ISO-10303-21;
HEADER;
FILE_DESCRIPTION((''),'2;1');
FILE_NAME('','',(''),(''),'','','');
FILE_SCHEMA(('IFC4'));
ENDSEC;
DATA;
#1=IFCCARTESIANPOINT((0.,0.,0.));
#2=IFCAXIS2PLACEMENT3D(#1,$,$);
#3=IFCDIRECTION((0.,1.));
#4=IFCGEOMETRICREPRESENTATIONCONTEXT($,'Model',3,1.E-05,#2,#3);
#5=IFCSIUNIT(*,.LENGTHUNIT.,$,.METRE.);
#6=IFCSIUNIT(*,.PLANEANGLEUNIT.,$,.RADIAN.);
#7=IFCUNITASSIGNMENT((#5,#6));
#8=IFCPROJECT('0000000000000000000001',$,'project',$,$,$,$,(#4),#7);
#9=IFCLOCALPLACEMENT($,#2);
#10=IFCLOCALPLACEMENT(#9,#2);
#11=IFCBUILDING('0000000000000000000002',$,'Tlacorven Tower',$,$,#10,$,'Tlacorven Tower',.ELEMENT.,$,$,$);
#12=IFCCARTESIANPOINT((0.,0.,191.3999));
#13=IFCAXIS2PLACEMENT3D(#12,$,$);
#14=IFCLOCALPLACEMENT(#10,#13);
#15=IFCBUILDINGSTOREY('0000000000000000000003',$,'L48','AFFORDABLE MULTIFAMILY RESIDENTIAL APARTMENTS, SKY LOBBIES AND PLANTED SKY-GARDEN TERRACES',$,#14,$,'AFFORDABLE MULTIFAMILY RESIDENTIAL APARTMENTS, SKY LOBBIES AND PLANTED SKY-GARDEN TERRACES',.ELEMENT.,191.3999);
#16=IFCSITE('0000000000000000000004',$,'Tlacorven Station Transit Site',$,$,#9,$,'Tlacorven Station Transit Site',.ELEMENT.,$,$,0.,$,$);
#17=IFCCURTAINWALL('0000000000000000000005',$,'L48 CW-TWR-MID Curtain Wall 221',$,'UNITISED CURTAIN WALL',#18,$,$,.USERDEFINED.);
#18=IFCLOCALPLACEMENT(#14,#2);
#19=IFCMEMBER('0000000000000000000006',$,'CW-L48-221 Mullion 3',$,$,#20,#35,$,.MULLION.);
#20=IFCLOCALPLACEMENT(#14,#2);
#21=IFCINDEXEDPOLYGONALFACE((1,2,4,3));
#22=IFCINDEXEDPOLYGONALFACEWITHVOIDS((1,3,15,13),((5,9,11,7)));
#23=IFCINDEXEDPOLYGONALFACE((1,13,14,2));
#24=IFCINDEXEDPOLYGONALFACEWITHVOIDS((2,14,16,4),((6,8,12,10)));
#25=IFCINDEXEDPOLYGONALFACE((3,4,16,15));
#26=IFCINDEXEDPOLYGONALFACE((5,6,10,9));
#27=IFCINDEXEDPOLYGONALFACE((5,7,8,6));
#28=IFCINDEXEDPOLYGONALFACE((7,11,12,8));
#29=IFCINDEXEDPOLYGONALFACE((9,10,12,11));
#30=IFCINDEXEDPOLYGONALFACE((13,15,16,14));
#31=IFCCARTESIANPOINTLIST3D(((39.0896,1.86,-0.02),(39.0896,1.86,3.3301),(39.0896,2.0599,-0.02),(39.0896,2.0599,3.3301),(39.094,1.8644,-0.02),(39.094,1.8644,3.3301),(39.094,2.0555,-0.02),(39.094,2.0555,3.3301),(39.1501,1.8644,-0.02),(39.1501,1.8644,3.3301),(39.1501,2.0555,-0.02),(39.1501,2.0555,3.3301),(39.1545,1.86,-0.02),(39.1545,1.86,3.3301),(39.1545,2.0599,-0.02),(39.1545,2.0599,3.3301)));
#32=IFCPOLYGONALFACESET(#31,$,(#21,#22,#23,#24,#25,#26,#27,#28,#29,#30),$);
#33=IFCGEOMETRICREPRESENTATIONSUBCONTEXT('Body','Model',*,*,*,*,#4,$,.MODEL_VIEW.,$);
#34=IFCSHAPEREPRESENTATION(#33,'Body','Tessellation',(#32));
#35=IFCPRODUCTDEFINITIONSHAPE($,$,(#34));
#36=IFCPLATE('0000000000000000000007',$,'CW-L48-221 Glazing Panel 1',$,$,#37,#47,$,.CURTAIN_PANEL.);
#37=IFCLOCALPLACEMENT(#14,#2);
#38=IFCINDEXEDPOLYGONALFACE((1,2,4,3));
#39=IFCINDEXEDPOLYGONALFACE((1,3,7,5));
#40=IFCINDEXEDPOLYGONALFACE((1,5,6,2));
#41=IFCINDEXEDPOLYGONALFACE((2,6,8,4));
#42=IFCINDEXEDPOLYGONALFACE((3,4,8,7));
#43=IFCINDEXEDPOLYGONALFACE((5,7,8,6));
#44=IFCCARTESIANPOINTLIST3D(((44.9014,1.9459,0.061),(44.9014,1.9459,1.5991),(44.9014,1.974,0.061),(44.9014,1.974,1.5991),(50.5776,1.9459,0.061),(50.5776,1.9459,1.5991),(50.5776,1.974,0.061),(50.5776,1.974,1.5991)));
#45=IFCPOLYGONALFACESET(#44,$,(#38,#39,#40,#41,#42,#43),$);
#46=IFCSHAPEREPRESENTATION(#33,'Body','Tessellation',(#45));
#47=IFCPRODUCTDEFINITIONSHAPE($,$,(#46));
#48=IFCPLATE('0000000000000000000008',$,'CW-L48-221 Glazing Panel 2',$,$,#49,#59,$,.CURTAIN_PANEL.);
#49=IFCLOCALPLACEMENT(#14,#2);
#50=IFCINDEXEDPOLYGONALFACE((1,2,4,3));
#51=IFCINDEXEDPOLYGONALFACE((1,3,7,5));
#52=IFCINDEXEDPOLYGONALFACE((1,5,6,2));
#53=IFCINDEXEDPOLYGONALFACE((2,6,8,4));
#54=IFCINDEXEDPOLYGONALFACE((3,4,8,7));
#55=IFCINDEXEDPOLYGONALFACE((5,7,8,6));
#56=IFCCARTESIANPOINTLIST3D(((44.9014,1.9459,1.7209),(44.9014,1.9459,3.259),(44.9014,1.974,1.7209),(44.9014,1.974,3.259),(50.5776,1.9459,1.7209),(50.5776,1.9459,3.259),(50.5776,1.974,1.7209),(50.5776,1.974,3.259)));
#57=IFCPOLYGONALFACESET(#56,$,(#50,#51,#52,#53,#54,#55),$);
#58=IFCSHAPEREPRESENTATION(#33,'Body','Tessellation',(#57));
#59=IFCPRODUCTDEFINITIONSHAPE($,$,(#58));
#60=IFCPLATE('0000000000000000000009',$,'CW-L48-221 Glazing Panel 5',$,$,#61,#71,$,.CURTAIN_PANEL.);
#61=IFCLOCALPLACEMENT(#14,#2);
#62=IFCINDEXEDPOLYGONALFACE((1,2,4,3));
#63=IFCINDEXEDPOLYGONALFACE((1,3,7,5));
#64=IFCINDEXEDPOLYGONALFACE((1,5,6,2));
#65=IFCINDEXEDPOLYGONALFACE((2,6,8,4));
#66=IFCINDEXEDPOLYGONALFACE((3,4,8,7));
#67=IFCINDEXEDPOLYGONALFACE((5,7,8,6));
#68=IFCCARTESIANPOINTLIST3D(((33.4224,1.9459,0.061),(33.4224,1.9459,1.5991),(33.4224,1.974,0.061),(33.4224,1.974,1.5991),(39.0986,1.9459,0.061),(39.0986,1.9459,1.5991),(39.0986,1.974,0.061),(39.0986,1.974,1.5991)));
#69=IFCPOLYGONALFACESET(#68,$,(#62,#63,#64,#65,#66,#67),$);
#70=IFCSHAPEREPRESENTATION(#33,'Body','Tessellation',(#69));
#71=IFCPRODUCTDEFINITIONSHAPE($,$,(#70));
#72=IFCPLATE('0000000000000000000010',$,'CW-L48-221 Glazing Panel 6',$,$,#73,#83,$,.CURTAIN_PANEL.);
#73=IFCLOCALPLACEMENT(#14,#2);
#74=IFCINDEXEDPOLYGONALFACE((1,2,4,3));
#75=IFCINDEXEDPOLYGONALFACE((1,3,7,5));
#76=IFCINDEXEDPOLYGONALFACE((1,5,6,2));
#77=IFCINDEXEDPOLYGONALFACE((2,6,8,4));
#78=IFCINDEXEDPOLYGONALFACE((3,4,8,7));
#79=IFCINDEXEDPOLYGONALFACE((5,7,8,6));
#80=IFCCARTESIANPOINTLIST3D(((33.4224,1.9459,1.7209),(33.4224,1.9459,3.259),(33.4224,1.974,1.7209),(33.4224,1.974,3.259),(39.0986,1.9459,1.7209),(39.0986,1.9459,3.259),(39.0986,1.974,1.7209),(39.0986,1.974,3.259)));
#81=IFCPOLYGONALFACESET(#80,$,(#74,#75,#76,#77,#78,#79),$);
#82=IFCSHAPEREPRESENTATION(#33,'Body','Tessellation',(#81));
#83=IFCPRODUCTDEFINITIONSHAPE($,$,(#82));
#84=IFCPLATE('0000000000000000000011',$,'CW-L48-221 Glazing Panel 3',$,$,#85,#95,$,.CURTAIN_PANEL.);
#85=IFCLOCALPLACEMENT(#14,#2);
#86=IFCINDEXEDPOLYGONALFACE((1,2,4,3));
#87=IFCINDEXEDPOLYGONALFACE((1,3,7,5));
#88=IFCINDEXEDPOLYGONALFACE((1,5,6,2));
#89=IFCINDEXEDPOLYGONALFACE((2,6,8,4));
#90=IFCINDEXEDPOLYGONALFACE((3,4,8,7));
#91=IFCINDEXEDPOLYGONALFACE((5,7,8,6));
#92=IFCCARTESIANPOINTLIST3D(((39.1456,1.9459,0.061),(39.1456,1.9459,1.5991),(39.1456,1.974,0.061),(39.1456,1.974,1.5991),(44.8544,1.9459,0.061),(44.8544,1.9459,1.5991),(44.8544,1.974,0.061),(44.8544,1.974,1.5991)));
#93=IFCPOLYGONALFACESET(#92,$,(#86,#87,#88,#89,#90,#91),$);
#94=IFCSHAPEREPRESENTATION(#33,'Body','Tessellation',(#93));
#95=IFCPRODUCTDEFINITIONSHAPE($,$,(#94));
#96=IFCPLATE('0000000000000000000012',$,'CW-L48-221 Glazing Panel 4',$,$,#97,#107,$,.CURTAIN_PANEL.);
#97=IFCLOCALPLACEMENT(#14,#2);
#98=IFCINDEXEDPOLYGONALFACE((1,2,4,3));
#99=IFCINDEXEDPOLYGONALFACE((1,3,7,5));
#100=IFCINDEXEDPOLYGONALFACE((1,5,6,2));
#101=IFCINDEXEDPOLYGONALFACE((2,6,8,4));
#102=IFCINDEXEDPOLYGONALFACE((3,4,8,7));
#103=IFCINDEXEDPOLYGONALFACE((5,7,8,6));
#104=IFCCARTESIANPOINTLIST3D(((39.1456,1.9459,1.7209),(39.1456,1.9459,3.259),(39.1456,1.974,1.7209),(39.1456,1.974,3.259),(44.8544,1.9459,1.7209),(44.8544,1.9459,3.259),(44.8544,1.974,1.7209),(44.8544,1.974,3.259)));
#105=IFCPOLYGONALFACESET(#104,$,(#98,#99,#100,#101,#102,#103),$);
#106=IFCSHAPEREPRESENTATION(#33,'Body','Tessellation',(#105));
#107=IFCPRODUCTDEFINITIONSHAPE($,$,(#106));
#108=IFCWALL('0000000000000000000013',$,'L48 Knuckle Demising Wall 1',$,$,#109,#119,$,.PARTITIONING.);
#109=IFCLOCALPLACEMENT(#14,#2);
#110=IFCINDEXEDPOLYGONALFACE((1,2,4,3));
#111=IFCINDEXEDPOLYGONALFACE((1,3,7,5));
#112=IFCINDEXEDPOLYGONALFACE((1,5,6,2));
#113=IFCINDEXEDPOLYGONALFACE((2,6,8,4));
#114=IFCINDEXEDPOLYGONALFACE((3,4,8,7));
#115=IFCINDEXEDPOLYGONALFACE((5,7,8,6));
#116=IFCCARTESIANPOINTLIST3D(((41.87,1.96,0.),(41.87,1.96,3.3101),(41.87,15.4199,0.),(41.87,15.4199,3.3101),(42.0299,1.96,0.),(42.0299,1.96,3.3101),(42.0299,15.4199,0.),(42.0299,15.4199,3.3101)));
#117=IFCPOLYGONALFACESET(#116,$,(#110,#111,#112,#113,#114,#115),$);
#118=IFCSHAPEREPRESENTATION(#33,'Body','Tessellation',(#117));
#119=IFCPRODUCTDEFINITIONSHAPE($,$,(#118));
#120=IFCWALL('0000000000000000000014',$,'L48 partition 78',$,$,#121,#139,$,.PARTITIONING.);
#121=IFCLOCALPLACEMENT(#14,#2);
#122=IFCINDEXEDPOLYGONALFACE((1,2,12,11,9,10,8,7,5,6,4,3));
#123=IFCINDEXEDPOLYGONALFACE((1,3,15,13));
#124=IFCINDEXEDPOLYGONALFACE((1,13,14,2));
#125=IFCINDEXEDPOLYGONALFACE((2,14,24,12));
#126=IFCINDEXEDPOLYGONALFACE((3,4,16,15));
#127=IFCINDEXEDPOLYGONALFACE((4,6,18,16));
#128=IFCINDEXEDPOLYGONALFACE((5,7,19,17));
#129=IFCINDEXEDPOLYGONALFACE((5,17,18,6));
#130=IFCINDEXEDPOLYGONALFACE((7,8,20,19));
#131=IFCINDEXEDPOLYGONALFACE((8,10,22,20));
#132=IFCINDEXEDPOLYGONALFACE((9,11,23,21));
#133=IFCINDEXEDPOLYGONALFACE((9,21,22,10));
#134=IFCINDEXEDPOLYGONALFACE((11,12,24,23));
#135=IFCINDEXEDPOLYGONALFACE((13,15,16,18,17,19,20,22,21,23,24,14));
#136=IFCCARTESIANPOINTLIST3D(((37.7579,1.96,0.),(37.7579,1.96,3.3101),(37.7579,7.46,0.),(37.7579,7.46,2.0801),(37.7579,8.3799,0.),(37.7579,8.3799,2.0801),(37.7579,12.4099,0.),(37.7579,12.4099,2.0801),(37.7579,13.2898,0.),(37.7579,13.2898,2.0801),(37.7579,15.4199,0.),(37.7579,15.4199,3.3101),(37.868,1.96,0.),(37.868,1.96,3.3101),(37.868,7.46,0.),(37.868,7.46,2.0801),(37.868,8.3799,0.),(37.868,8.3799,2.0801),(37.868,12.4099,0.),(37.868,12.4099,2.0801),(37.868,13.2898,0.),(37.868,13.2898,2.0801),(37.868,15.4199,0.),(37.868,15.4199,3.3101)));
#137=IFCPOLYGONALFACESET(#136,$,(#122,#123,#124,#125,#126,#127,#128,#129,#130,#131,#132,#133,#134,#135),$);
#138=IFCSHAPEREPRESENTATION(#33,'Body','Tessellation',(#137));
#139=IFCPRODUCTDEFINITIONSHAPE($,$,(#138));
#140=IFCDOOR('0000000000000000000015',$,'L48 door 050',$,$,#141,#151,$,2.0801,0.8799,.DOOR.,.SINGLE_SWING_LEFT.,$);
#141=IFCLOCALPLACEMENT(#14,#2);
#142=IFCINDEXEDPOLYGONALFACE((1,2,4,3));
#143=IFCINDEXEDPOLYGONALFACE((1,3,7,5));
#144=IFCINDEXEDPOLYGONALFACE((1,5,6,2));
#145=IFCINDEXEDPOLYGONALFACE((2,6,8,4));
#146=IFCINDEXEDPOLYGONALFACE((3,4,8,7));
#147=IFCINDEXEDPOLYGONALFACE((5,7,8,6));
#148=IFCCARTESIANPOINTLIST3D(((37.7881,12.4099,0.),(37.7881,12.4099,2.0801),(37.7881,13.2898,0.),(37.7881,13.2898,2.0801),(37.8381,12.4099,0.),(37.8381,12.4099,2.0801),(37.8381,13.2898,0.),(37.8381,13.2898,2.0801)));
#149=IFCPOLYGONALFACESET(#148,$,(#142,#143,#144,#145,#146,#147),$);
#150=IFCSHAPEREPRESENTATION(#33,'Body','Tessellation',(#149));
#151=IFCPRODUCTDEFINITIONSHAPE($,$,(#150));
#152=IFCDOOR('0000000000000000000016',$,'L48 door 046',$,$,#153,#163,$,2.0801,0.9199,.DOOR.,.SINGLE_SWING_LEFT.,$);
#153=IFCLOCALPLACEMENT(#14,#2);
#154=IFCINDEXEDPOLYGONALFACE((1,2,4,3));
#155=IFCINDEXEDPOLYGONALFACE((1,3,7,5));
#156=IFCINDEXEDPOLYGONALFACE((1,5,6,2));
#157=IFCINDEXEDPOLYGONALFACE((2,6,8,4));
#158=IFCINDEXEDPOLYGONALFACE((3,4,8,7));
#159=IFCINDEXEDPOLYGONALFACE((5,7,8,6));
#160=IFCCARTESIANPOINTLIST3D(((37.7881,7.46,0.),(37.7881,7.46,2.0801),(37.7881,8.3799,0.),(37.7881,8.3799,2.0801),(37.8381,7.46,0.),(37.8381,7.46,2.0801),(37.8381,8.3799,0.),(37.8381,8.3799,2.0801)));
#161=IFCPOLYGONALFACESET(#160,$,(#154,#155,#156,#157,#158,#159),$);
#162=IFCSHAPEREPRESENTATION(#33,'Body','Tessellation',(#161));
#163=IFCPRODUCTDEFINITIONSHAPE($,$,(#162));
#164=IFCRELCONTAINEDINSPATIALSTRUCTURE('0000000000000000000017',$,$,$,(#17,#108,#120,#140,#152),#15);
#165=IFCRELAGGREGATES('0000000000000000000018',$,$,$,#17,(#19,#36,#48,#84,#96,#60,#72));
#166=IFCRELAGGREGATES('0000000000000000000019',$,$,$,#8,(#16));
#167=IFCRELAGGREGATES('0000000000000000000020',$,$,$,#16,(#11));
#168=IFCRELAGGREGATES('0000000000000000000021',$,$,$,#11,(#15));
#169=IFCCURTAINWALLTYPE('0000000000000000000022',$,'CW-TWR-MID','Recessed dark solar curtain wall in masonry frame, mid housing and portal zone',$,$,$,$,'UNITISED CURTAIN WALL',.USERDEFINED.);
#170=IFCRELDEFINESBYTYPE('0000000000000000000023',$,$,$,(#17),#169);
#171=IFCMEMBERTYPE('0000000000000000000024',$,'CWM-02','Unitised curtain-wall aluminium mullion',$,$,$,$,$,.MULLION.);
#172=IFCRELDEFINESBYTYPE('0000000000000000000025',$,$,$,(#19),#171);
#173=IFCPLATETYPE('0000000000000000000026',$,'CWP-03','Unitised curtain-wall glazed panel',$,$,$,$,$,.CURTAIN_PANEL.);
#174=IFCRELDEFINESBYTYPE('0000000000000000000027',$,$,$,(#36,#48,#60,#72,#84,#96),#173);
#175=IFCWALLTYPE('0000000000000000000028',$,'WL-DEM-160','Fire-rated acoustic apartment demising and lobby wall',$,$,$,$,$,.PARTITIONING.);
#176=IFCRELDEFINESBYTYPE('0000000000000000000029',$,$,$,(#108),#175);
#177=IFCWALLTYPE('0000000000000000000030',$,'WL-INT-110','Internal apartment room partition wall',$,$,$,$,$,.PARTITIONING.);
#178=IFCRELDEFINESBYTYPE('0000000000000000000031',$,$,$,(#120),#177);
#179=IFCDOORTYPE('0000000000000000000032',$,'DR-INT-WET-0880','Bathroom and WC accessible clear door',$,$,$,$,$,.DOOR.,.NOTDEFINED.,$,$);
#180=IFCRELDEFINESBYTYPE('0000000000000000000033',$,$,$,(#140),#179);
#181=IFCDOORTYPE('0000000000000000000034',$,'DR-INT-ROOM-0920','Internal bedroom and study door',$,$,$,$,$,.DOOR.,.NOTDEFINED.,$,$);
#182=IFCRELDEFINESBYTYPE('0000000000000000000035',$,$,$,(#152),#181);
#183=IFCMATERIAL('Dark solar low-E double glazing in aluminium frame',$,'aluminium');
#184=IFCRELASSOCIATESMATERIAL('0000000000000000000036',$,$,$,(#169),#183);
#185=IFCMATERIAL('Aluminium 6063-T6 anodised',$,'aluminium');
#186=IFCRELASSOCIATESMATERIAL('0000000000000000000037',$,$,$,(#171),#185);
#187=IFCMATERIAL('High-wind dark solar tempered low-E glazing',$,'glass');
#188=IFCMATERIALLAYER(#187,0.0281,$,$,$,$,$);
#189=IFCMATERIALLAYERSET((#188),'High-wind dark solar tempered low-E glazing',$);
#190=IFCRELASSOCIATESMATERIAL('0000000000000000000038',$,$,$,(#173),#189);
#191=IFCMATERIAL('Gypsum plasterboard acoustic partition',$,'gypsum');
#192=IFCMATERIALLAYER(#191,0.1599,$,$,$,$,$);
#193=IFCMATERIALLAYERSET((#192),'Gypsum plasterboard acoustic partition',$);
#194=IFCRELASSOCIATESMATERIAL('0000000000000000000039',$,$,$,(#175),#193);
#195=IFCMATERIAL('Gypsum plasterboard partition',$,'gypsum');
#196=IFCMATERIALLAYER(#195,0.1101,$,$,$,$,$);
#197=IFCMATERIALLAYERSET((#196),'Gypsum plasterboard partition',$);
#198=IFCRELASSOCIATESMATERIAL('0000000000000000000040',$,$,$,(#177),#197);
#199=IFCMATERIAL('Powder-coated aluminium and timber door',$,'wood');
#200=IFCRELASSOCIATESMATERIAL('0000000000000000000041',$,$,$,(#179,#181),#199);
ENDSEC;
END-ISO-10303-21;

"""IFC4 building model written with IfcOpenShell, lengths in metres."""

from ifc_helpers import new_model, si_unit, direction, frame, frame_2d, origin, origin_2d, place, context, subcontext, project, spatial, rectangle, hollow_rectangle, extrude, source, transform, mapped, material, layer, layer_set, material_profile, profile_set, type_object, element, fill, aggregate, save


model = new_model("IFC4")

# Units and contexts
model_context = context("Model", 3, precision=1e-05, world=origin(), true_north=direction((0.0, 1.0)))
body_context = subcontext(model_context, "Body", "Model", "MODEL_VIEW")
ifc_project = project(units=[si_unit("LENGTHUNIT", "METRE"), si_unit("PLANEANGLEUNIT", "RADIAN")], contexts=[model_context])

# Site, building, storey
site_placement = place(None, origin())
site = spatial("IfcSite", under=ifc_project, at=site_placement, Name="Tlacorven Station Transit Site", LongName="Tlacorven Station Transit Site", CompositionType="ELEMENT", RefElevation=0.0)
building_placement = place(site_placement, origin())
building = spatial("IfcBuilding", under=site, at=building_placement, Name="Tlacorven Tower", LongName="Tlacorven Tower", CompositionType="ELEMENT")
storey_placement = place(building_placement, frame((0.0, 0.0, 191.3999)))
storey = spatial("IfcBuildingStorey", under=building, at=storey_placement, Name="L48", Description="AFFORDABLE MULTIFAMILY RESIDENTIAL APARTMENTS, SKY LOBBIES AND PLANTED SKY-GARDEN TERRACES", LongName="AFFORDABLE MULTIFAMILY RESIDENTIAL APARTMENTS, SKY LOBBIES AND PLANTED SKY-GARDEN TERRACES", CompositionType="ELEMENT", Elevation=191.3999)

# Curtain wall, member, plates
ifc_material_1 = material(Name="Dark solar low-E double glazing in aluminium frame", Category="aluminium")
curtain_wall_type = type_object("IfcCurtainWallType", Name="CW-TWR-MID", Description="Recessed dark solar curtain wall in masonry frame, mid housing and portal zone", ElementType="UNITISED CURTAIN WALL", PredefinedType="USERDEFINED", material=ifc_material_1)
curtain_wall_placement = place(storey_placement, origin())
curtain_wall = element("IfcCurtainWall", 1, at=curtain_wall_placement, inside=storey, type_object=curtain_wall_type, Name="L48 CW-TWR-MID Curtain Wall 221", ObjectType="UNITISED CURTAIN WALL", PredefinedType="USERDEFINED")
ifc_material_2 = material(Name="Aluminium 6063-T6 anodised", Category="aluminium")
ifc_material_profile_1 = material_profile(ifc_material_2, hollow_rectangle(XDim=0.0649, YDim=0.2, WallThickness=0.0044, at=origin_2d()), Name="ALU MULLION 65X200")
ifc_profile_set_1 = profile_set([ifc_material_profile_1], Name="Aluminium 6063-T6 anodised")
member_type_1 = type_object("IfcMemberType", Name="CWM-02", Description="Unitised curtain-wall aluminium mullion", PredefinedType="MULLION", material=ifc_profile_set_1)
shared_shape_1 = source(origin(), body_context, "Body", "SweptSolid", [
    extrude(hollow_rectangle(XDim=0.0649, YDim=0.2, WallThickness=0.0044, at=origin_2d()), origin(), (0.0, 0.0, 1.0), 3.3501),
])
member_1_placement = place(storey_placement, frame((39.1221, 1.96, -0.02), z_axis=(0.0, 0.0, 1.0), x_axis=(-1.0, 0.0, 0.0)))
member_1 = element("IfcMember", 2, at=member_1_placement, type_object=member_type_1, Name="CW-L48-221 Mullion 3", PredefinedType="MULLION", context=body_context, shape_type="MappedRepresentation", body=[
    mapped(shared_shape_1, transform((0.0, 0.0, 0.0), scale=1.0)),
])
ifc_material_3 = material(Name="High-wind dark solar tempered low-E glazing", Category="glass")
ifc_layer_1 = layer(ifc_material_3, 0.0281)
ifc_layer_set_1 = layer_set([ifc_layer_1], Name="High-wind dark solar tempered low-E glazing")
plate_type = type_object("IfcPlateType", Name="CWP-03", Description="Unitised curtain-wall glazed panel", PredefinedType="CURTAIN_PANEL", material=ifc_layer_set_1)
shared_shape_2 = source(origin(), body_context, "Body", "SweptSolid", [
    extrude(rectangle(XDim=5.6763, YDim=0.0281, at=origin_2d()), origin(), (0.0, 0.0, 1.0), 1.5381),
])
plate_1_placement = place(storey_placement, frame((47.7395, 1.96, 0.061), z_axis=(0.0, 0.0, 1.0), x_axis=(-1.0, 0.0, 0.0)))
plate_1 = element("IfcPlate", 3, at=plate_1_placement, type_object=plate_type, Name="CW-L48-221 Glazing Panel 1", PredefinedType="CURTAIN_PANEL", context=body_context, shape_type="MappedRepresentation", body=[
    mapped(shared_shape_2, transform((0.0, 0.0, 0.0), scale=1.0)),
])
plate_2_placement = place(storey_placement, frame((47.7395, 1.96, 1.7209), z_axis=(0.0, 0.0, 1.0), x_axis=(-1.0, 0.0, 0.0)))
plate_2 = element("IfcPlate", 4, at=plate_2_placement, type_object=plate_type, Name="CW-L48-221 Glazing Panel 2", PredefinedType="CURTAIN_PANEL", context=body_context, shape_type="MappedRepresentation", body=[
    mapped(shared_shape_2, transform((0.0, 0.0, 0.0), scale=1.0)),
])
plate_3_placement = place(storey_placement, frame((36.2605, 1.96, 0.061), z_axis=(0.0, 0.0, 1.0), x_axis=(-1.0, 0.0, 0.0)))
plate_3 = element("IfcPlate", 5, at=plate_3_placement, type_object=plate_type, Name="CW-L48-221 Glazing Panel 5", PredefinedType="CURTAIN_PANEL", context=body_context, shape_type="MappedRepresentation", body=[
    mapped(shared_shape_2, transform((0.0, 0.0, 0.0), scale=1.0)),
])
plate_4_placement = place(storey_placement, frame((36.2605, 1.96, 1.7209), z_axis=(0.0, 0.0, 1.0), x_axis=(-1.0, 0.0, 0.0)))
plate_4 = element("IfcPlate", 6, at=plate_4_placement, type_object=plate_type, Name="CW-L48-221 Glazing Panel 6", PredefinedType="CURTAIN_PANEL", context=body_context, shape_type="MappedRepresentation", body=[
    mapped(shared_shape_2, transform((0.0, 0.0, 0.0), scale=1.0)),
])
shared_shape_3 = source(origin(), body_context, "Body", "SweptSolid", [
    extrude(rectangle(XDim=5.7087, YDim=0.0281, at=origin_2d()), origin(), (0.0, 0.0, 1.0), 1.5381),
])
plate_5_placement = place(storey_placement, frame((42.0, 1.96, 0.061), z_axis=(0.0, 0.0, 1.0), x_axis=(-1.0, 0.0, 0.0)))
plate_5 = element("IfcPlate", 7, at=plate_5_placement, type_object=plate_type, Name="CW-L48-221 Glazing Panel 3", PredefinedType="CURTAIN_PANEL", context=body_context, shape_type="MappedRepresentation", body=[
    mapped(shared_shape_3, transform((0.0, 0.0, 0.0), scale=1.0)),
])
plate_6_placement = place(storey_placement, frame((42.0, 1.96, 1.7209), z_axis=(0.0, 0.0, 1.0), x_axis=(-1.0, 0.0, 0.0)))
plate_6 = element("IfcPlate", 8, at=plate_6_placement, type_object=plate_type, Name="CW-L48-221 Glazing Panel 4", PredefinedType="CURTAIN_PANEL", context=body_context, shape_type="MappedRepresentation", body=[
    mapped(shared_shape_3, transform((0.0, 0.0, 0.0), scale=1.0)),
])
aggregate(curtain_wall, [member_1, plate_1, plate_2, plate_5, plate_6, plate_3, plate_4])

# Wall
ifc_material_4 = material(Name="Gypsum plasterboard acoustic partition", Category="gypsum")
ifc_layer_2 = layer(ifc_material_4, 0.1599)
ifc_layer_set_2 = layer_set([ifc_layer_2], Name="Gypsum plasterboard acoustic partition")
wall_type_1 = type_object("IfcWallType", Name="WL-DEM-160", Description="Fire-rated acoustic apartment demising and lobby wall", PredefinedType="PARTITIONING", material=ifc_layer_set_2)
wall_1_placement = place(storey_placement, frame((41.95, 1.96, 0.0), z_axis=(0.0, 0.0, 1.0), x_axis=(0.0, 1.0, 0.0)))
element("IfcWall", 9, at=wall_1_placement, inside=storey, type_object=wall_type_1, Name="L48 Knuckle Demising Wall 1", PredefinedType="PARTITIONING", context=body_context, shape_type="SweptSolid", body=[
    extrude(rectangle(XDim=13.46, YDim=0.1599, at=frame_2d((6.73, 0.0))), origin(), (0.0, 0.0, 1.0), 3.3101),
])

# Wall, openings, doors
ifc_material_5 = material(Name="Gypsum plasterboard partition", Category="gypsum")
ifc_layer_3 = layer(ifc_material_5, 0.1101)
ifc_layer_set_3 = layer_set([ifc_layer_3], Name="Gypsum plasterboard partition")
wall_type_2 = type_object("IfcWallType", Name="WL-INT-110", Description="Internal apartment room partition wall", PredefinedType="PARTITIONING", material=ifc_layer_set_3)
wall_2_placement = place(storey_placement, frame((37.813, 1.96, 0.0), z_axis=(0.0, 0.0, 1.0), x_axis=(0.0, 1.0, 0.0)))
wall_2 = element("IfcWall", 10, at=wall_2_placement, inside=storey, type_object=wall_type_2, Name="L48 partition 78", PredefinedType="PARTITIONING", context=body_context, shape_type="SweptSolid", body=[
    extrude(rectangle(XDim=13.46, YDim=0.1101, at=frame_2d((6.73, 0.0))), origin(), (0.0, 0.0, 1.0), 3.3101),
])
opening_1_placement = place(wall_2_placement, frame((5.5, 0.0, 0.0)))
opening_1 = element("IfcOpeningElement", 11, at=opening_1_placement, cuts=wall_2, PredefinedType="OPENING", context=body_context, shape_type="SweptSolid", body=[
    extrude(rectangle(XDim=0.9199, YDim=2.0801, at=frame_2d((0.46, 1.04))), frame((0.0, 0.0649, 0.0), z_axis=(0.0, -1.0, 0.0), x_axis=(1.0, 0.0, 0.0)), (0.0, 0.0, 1.0), 0.1301),
])
opening_2_placement = place(wall_2_placement, frame((10.45, 0.0, 0.0)))
opening_2 = element("IfcOpeningElement", 12, at=opening_2_placement, cuts=wall_2, PredefinedType="OPENING", context=body_context, shape_type="SweptSolid", body=[
    extrude(rectangle(XDim=0.8799, YDim=2.0801, at=frame_2d((0.4399, 1.04))), frame((0.0, 0.0649, 0.0), z_axis=(0.0, -1.0, 0.0), x_axis=(1.0, 0.0, 0.0)), (0.0, 0.0, 1.0), 0.1301),
])
ifc_material_6 = material(Name="Powder-coated aluminium and timber door", Category="wood")
door_type_1 = type_object("IfcDoorType", Name="DR-INT-WET-0880", Description="Bathroom and WC accessible clear door", OperationType="NOTDEFINED", PredefinedType="DOOR", material=ifc_material_6)
shared_shape_4 = source(origin(), body_context, "Body", "SweptSolid", [
    extrude(rectangle(XDim=0.8799, YDim=2.0801, at=frame_2d((0.4399, 1.04))), frame((0.0, 0.0249, 0.0), z_axis=(0.0, -1.0, 0.0), x_axis=(1.0, 0.0, 0.0)), (0.0, 0.0, 1.0), 0.05),
])
door_1_placement = place(opening_2_placement, origin())
door_1 = element("IfcDoor", 13, at=door_1_placement, inside=storey, type_object=door_type_1, Name="L48 door 050", OperationType="SINGLE_SWING_LEFT", OverallHeight=2.0801, OverallWidth=0.8799, PredefinedType="DOOR", context=body_context, shape_type="MappedRepresentation", body=[
    mapped(shared_shape_4, transform((0.0, 0.0, 0.0), scale=1.0)),
])
fill(opening_2, door_1)
door_type_2 = type_object("IfcDoorType", Name="DR-INT-ROOM-0920", Description="Internal bedroom and study door", OperationType="NOTDEFINED", PredefinedType="DOOR", material=ifc_material_6)
shared_shape_5 = source(origin(), body_context, "Body", "SweptSolid", [
    extrude(rectangle(XDim=0.9199, YDim=2.0801, at=frame_2d((0.46, 1.04))), frame((0.0, 0.0249, 0.0), z_axis=(0.0, -1.0, 0.0), x_axis=(1.0, 0.0, 0.0)), (0.0, 0.0, 1.0), 0.05),
])
door_2_placement = place(opening_1_placement, origin())
door_2 = element("IfcDoor", 14, at=door_2_placement, inside=storey, type_object=door_type_2, Name="L48 door 046", OperationType="SINGLE_SWING_LEFT", OverallHeight=2.0801, OverallWidth=0.9199, PredefinedType="DOOR", context=body_context, shape_type="MappedRepresentation", body=[
    mapped(shared_shape_5, transform((0.0, 0.0, 0.0), scale=1.0)),
])
fill(opening_1, door_2)

save(model, "model.ifc")
